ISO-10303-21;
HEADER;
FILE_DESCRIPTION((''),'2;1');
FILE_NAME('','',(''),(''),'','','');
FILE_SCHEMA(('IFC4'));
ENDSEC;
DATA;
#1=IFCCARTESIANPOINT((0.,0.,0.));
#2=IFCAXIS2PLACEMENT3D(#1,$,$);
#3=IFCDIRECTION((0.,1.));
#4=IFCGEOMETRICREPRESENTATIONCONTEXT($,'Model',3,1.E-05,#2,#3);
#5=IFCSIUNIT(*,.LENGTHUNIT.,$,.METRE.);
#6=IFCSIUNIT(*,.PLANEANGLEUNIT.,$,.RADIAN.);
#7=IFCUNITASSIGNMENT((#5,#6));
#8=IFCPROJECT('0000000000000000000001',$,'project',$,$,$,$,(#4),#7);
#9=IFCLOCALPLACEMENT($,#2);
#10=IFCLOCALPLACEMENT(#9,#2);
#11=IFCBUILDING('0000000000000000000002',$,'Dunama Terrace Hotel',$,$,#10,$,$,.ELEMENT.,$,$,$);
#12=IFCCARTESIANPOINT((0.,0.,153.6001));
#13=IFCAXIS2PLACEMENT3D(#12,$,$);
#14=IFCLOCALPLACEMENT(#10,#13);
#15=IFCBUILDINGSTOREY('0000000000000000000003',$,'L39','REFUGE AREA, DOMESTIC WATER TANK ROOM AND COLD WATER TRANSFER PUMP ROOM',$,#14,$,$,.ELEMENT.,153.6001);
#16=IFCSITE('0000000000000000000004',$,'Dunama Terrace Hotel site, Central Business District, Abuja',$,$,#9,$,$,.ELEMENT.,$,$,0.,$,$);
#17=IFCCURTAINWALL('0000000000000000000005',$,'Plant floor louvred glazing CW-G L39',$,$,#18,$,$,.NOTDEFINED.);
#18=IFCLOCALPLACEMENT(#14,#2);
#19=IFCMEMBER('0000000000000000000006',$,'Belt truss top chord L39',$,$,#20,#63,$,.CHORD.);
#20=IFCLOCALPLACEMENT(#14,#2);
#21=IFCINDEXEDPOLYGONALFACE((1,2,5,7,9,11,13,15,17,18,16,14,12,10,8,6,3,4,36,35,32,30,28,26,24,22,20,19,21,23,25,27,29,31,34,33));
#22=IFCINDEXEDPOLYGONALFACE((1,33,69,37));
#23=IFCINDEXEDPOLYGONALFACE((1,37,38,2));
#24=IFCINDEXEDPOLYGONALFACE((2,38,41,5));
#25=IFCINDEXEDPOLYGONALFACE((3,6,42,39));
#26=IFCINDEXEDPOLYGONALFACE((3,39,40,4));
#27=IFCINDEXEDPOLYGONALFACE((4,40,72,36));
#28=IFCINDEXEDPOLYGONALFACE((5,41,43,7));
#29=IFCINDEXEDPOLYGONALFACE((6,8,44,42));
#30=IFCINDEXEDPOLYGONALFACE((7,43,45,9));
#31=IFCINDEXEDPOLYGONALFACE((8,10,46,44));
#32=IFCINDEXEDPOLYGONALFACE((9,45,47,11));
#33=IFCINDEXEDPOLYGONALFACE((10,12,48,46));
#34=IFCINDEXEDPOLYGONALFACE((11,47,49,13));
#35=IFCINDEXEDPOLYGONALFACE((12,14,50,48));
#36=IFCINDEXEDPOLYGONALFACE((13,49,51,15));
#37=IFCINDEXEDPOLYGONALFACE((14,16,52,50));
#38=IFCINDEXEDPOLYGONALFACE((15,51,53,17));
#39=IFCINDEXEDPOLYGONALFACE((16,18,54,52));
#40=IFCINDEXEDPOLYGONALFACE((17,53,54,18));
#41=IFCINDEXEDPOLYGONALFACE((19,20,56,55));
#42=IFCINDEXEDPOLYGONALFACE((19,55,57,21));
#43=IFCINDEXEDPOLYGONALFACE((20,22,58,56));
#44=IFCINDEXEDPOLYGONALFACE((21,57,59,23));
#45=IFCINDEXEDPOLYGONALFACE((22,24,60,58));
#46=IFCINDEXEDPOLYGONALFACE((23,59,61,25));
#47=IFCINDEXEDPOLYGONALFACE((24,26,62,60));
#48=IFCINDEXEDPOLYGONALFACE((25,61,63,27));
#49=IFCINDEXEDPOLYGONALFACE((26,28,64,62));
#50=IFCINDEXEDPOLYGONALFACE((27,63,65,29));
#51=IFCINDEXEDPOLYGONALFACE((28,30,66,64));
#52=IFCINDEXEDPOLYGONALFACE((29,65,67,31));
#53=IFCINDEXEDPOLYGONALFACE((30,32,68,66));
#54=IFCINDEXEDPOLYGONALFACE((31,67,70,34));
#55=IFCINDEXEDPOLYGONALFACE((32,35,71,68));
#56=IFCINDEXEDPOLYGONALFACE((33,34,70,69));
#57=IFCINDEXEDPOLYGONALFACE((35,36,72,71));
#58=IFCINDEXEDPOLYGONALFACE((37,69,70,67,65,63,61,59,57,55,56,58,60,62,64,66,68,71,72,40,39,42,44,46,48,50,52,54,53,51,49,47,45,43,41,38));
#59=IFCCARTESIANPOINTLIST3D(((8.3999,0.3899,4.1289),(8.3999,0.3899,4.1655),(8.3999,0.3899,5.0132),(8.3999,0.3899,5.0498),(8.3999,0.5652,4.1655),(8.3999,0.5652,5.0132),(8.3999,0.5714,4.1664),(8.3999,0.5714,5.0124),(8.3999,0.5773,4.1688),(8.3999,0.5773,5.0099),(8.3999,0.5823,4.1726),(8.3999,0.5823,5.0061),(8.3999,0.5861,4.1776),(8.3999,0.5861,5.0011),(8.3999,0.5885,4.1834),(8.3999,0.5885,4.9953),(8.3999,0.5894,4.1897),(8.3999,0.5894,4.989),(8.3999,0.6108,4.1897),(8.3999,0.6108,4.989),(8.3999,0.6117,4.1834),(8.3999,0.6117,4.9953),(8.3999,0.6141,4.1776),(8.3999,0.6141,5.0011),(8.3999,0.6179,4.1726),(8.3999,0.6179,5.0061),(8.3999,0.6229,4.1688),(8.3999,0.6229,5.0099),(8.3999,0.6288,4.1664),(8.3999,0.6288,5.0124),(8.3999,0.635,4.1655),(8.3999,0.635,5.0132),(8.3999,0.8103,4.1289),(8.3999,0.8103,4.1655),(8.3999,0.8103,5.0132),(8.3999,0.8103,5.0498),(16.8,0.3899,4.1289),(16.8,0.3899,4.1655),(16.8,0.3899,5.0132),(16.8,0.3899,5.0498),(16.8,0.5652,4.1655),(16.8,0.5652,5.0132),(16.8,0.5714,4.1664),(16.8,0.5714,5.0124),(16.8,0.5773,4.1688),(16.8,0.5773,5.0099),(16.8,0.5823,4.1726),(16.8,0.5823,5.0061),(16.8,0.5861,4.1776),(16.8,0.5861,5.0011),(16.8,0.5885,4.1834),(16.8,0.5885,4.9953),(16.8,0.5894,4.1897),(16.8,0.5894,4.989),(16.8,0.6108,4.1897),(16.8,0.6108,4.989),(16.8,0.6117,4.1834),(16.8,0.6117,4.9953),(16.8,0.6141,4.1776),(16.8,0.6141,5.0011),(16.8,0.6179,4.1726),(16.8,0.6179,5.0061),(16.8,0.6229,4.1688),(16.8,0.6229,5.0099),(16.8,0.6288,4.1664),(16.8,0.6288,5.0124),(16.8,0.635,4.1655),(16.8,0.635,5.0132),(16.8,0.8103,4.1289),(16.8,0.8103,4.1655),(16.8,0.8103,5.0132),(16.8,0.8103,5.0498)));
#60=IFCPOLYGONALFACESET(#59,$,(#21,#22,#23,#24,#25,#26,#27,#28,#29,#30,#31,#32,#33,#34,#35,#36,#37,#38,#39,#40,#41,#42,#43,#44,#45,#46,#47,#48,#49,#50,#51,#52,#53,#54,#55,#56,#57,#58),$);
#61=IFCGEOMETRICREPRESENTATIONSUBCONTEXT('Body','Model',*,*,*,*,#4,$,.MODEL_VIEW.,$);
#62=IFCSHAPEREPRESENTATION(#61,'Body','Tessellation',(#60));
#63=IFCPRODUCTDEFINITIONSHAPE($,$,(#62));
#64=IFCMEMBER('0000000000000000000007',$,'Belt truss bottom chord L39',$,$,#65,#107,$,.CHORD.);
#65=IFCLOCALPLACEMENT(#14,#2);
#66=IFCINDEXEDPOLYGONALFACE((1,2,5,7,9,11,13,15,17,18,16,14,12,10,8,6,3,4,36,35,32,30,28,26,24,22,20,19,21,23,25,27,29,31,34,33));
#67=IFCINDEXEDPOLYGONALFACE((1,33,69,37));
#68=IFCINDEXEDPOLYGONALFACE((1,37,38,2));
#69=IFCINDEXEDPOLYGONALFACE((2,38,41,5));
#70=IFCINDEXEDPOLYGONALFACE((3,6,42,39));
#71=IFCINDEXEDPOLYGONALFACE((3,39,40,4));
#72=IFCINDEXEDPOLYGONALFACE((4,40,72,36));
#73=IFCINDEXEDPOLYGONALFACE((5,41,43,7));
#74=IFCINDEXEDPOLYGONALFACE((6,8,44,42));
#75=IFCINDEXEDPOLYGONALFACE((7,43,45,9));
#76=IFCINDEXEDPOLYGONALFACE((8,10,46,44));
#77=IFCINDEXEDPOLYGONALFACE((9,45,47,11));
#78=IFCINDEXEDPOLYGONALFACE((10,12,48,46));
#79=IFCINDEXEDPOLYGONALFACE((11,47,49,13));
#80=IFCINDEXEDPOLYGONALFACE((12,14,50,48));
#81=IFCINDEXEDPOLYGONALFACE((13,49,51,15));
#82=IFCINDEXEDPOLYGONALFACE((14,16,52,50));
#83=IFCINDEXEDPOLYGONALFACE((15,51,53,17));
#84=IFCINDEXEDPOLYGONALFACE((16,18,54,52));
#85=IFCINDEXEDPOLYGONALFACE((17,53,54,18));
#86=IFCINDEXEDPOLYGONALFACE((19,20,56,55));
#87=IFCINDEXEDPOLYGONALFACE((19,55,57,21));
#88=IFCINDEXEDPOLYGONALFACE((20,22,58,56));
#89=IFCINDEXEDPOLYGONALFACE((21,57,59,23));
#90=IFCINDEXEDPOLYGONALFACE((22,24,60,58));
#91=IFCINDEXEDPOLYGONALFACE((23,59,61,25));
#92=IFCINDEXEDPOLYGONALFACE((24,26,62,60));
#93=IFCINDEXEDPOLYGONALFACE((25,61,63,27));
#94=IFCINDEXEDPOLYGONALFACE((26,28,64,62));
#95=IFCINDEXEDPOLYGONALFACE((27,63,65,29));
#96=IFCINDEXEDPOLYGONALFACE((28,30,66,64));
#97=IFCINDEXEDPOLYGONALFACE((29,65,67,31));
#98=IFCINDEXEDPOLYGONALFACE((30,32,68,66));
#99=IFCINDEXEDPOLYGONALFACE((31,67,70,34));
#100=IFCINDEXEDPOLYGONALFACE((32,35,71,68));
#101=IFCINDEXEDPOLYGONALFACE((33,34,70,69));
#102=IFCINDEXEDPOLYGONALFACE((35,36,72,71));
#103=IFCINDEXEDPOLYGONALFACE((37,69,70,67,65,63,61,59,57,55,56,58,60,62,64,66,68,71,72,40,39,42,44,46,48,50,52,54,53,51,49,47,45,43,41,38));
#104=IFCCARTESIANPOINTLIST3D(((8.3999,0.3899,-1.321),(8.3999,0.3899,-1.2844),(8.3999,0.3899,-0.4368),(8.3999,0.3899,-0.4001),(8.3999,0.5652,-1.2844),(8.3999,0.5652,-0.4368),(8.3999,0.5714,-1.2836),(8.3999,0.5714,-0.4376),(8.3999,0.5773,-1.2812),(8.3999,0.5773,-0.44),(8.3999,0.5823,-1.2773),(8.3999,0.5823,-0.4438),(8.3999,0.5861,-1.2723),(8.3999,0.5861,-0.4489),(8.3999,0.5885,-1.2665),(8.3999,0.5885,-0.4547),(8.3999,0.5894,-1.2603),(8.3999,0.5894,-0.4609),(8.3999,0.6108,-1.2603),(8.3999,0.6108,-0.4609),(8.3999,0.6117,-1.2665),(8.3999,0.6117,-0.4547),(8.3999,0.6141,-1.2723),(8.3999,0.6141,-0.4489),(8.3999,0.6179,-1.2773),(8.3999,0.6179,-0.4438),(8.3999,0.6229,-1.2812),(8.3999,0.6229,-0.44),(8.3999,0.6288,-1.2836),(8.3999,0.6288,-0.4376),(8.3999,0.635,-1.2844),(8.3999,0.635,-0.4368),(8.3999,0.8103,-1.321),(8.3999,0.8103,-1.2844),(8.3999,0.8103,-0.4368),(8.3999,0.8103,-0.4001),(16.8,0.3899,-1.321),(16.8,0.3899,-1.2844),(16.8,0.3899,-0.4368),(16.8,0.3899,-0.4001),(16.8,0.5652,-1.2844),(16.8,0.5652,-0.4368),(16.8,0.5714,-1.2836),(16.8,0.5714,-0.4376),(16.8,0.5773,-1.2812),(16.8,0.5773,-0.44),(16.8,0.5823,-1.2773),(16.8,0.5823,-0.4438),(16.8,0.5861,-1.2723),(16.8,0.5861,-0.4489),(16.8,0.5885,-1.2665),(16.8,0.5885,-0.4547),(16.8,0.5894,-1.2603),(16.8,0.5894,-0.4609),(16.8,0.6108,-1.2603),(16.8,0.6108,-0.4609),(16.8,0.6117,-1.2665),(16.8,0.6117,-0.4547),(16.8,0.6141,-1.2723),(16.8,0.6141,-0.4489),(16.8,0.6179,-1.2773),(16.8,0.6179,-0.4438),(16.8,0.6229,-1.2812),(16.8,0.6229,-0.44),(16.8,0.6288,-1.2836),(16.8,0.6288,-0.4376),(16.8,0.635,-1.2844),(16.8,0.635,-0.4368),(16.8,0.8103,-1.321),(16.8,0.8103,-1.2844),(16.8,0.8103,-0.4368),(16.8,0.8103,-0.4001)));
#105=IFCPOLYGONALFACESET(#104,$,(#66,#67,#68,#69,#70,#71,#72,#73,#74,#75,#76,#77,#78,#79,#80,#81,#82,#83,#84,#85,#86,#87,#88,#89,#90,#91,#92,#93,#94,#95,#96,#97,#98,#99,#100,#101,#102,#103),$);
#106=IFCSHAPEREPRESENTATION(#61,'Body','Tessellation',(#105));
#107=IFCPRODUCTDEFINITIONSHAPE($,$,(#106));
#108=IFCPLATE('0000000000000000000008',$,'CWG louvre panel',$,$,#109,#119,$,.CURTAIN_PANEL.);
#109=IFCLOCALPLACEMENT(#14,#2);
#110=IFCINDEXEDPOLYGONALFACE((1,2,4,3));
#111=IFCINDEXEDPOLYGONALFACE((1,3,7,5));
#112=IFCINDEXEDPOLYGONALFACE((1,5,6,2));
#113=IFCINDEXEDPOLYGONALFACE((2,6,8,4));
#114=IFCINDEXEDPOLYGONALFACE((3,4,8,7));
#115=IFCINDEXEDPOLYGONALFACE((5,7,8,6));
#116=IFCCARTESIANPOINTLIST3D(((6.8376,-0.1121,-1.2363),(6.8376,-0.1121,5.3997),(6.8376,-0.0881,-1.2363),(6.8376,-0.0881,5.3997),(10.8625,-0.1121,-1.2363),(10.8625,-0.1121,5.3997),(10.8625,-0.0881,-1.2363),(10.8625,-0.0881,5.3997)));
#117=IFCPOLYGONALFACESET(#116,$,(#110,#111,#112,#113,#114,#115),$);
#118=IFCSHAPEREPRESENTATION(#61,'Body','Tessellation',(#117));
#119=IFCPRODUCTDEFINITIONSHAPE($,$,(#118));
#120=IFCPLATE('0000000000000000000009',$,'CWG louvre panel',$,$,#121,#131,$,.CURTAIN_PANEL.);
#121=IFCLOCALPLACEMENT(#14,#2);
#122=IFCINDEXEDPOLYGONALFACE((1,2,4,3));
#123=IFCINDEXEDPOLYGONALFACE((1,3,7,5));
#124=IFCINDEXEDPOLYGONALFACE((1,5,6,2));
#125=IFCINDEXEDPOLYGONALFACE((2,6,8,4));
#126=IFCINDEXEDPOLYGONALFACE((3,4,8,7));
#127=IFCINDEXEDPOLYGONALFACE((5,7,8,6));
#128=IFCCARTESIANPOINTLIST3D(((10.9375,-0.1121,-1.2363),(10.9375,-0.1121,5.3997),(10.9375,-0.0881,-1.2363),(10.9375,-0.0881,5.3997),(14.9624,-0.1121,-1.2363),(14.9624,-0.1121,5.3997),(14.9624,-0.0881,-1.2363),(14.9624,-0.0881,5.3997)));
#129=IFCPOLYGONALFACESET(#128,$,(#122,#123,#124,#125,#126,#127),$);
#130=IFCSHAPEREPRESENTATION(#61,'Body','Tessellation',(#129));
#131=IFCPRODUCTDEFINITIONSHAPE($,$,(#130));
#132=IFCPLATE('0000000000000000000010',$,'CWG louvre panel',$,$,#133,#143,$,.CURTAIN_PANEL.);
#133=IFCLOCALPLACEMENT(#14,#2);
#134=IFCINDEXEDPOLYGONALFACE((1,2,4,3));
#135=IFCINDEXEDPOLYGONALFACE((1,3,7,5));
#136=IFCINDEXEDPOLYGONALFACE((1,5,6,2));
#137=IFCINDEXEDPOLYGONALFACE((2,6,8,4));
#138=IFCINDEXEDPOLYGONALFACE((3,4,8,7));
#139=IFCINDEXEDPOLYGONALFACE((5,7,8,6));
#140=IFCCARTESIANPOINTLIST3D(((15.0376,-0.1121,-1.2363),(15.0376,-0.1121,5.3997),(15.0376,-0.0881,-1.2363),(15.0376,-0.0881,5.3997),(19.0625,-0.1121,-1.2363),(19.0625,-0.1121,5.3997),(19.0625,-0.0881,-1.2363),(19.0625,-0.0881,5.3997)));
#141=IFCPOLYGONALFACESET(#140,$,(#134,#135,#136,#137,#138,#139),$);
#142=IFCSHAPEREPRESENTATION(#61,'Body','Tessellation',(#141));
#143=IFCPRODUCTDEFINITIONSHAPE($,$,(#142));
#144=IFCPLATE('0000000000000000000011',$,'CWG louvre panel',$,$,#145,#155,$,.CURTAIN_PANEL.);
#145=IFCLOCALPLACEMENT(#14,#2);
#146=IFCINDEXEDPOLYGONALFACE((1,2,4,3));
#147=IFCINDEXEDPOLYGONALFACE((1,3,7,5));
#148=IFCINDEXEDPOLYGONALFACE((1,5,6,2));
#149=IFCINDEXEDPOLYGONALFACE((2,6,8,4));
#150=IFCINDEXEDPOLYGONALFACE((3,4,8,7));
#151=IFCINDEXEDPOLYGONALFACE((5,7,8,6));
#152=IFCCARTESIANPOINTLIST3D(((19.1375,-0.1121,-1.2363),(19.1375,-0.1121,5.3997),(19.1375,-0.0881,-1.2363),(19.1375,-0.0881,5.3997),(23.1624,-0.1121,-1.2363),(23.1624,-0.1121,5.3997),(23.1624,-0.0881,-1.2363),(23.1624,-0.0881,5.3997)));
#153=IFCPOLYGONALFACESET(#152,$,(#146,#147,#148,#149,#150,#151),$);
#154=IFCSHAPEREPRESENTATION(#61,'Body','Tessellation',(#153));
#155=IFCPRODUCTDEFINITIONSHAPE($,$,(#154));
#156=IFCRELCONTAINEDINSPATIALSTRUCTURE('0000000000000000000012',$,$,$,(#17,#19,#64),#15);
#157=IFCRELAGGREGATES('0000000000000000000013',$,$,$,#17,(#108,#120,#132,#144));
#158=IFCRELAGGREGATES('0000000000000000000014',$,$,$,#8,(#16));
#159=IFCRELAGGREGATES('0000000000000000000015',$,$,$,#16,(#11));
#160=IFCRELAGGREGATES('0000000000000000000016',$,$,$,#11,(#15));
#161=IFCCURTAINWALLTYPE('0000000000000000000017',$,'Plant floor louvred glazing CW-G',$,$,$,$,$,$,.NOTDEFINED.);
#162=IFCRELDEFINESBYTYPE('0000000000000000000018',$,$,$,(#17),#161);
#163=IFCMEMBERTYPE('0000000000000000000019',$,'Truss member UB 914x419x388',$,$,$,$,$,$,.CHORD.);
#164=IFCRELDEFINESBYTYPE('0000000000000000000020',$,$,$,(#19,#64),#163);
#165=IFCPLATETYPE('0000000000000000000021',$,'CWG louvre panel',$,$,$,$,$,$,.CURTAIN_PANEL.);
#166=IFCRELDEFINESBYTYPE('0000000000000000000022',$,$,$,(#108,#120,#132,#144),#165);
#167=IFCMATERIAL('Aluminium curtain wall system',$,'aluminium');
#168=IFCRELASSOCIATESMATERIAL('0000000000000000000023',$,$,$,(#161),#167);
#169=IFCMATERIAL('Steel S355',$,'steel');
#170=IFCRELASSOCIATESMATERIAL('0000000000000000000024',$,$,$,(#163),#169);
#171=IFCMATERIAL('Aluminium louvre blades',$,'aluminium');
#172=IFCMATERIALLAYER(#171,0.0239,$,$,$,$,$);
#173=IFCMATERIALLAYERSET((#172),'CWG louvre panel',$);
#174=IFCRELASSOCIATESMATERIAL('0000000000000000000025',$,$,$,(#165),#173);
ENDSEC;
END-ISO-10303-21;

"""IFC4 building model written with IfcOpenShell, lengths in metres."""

from ifc_helpers import new_model, si_unit, direction, frame, origin, origin_2d, place, context, subcontext, project, spatial, rectangle, i_section, extrude, material, layer, layer_set, material_profile, profile_set, type_object, element, aggregate, save


model = new_model("IFC4")

# Units and contexts
model_context = context("Model", 3, precision=1e-05, world=origin(), true_north=direction((0.0, 1.0)))
body_context = subcontext(model_context, "Body", "Model", "MODEL_VIEW")
ifc_project = project(units=[si_unit("LENGTHUNIT", "METRE"), si_unit("PLANEANGLEUNIT", "RADIAN")], contexts=[model_context])

# Site, building, storey
site_placement = place(None, origin())
site = spatial("IfcSite", under=ifc_project, at=site_placement, Name="Dunama Terrace Hotel site, Central Business District, Abuja", CompositionType="ELEMENT", RefElevation=0.0)
building_placement = place(site_placement, origin())
building = spatial("IfcBuilding", under=site, at=building_placement, Name="Dunama Terrace Hotel", CompositionType="ELEMENT")
storey_placement = place(building_placement, frame((0.0, 0.0, 153.6001)))
storey = spatial("IfcBuildingStorey", under=building, at=storey_placement, Name="L39", Description="REFUGE AREA, DOMESTIC WATER TANK ROOM AND COLD WATER TRANSFER PUMP ROOM", CompositionType="ELEMENT", Elevation=153.6001)

# Curtain wall
ifc_material_1 = material(Name="Aluminium curtain wall system", Category="aluminium")
curtain_wall_type = type_object("IfcCurtainWallType", Name="Plant floor louvred glazing CW-G", PredefinedType="NOTDEFINED", material=ifc_material_1)
curtain_wall_placement = place(storey_placement, origin())
curtain_wall = element("IfcCurtainWall", 1, at=curtain_wall_placement, inside=storey, type_object=curtain_wall_type, Name="Plant floor louvred glazing CW-G L39", PredefinedType="NOTDEFINED")

# Members
ifc_material_2 = material(Name="Steel S355", Category="steel")
ifc_material_profile_1 = material_profile(ifc_material_2, i_section(OverallWidth=0.4204, OverallDepth=0.9209, WebThickness=0.0215, FlangeThickness=0.0366, FilletRadius=0.0242, at=origin_2d()), Name="UB 914x419x388")
ifc_profile_set_1 = profile_set([ifc_material_profile_1], Name="Steel S355")
member_type_1 = type_object("IfcMemberType", Name="Truss member UB 914x419x388", PredefinedType="CHORD", material=ifc_profile_set_1)
for number, where, z_axis, x_axis, name in (
    (2, (8.3999, 0.6001, 4.5894), (1.0, 0.0, 0.0), (0.0, 1.0, 0.0), "Belt truss top chord L39"),
    (3, (8.3999, 0.6001, -0.8606), (1.0, 0.0, 0.0), (0.0, 1.0, 0.0), "Belt truss bottom chord L39"),
):
    element("IfcMember", number, at=place(storey_placement, frame(where, z_axis=z_axis, x_axis=x_axis)), inside=storey, type_object=member_type_1, Name=name, PredefinedType="CHORD", context=body_context, shape_type="SweptSolid", body=[
        extrude(i_section(OverallWidth=0.4204, OverallDepth=0.9209, WebThickness=0.0215, FlangeThickness=0.0366, FilletRadius=0.0242, at=origin_2d()), origin(), (0.0, 0.0, 1.0), 8.4001),
    ])

# Plates
ifc_material_3 = material(Name="Aluminium louvre blades", Category="aluminium")
ifc_layer_1 = layer(ifc_material_3, 0.0239)
ifc_layer_set_1 = layer_set([ifc_layer_1], Name="CWG louvre panel")
plate_type = type_object("IfcPlateType", Name="CWG louvre panel", PredefinedType="CURTAIN_PANEL", material=ifc_layer_set_1)
plate_1_placement = place(storey_placement, frame((8.8501, -0.1001, -1.2363), z_axis=(0.0, 0.0, 1.0), x_axis=(1.0, 0.0, 0.0)))
plate_1 = element("IfcPlate", 4, at=plate_1_placement, type_object=plate_type, Name="CWG louvre panel", PredefinedType="CURTAIN_PANEL", context=body_context, shape_type="SweptSolid", body=[
    extrude(rectangle(XDim=4.0249, YDim=0.0239, at=origin_2d()), origin(), (0.0, 0.0, 1.0), 6.636),
])
plate_2_placement = place(storey_placement, frame((12.95, -0.1001, -1.2363), z_axis=(0.0, 0.0, 1.0), x_axis=(1.0, 0.0, 0.0)))
plate_2 = element("IfcPlate", 5, at=plate_2_placement, type_object=plate_type, Name="CWG louvre panel", PredefinedType="CURTAIN_PANEL", context=body_context, shape_type="SweptSolid", body=[
    extrude(rectangle(XDim=4.0249, YDim=0.0239, at=origin_2d()), origin(), (0.0, 0.0, 1.0), 6.636),
])
plate_3_placement = place(storey_placement, frame((17.05, -0.1001, -1.2363), z_axis=(0.0, 0.0, 1.0), x_axis=(1.0, 0.0, 0.0)))
plate_3 = element("IfcPlate", 6, at=plate_3_placement, type_object=plate_type, Name="CWG louvre panel", PredefinedType="CURTAIN_PANEL", context=body_context, shape_type="SweptSolid", body=[
    extrude(rectangle(XDim=4.0249, YDim=0.0239, at=origin_2d()), origin(), (0.0, 0.0, 1.0), 6.636),
])
plate_4_placement = place(storey_placement, frame((21.1499, -0.1001, -1.2363), z_axis=(0.0, 0.0, 1.0), x_axis=(1.0, 0.0, 0.0)))
plate_4 = element("IfcPlate", 7, at=plate_4_placement, type_object=plate_type, Name="CWG louvre panel", PredefinedType="CURTAIN_PANEL", context=body_context, shape_type="SweptSolid", body=[
    extrude(rectangle(XDim=4.0249, YDim=0.0239, at=origin_2d()), origin(), (0.0, 0.0, 1.0), 6.636),
])
aggregate(curtain_wall, [plate_1, plate_2, plate_3, plate_4])

save(model, "model.ifc")
